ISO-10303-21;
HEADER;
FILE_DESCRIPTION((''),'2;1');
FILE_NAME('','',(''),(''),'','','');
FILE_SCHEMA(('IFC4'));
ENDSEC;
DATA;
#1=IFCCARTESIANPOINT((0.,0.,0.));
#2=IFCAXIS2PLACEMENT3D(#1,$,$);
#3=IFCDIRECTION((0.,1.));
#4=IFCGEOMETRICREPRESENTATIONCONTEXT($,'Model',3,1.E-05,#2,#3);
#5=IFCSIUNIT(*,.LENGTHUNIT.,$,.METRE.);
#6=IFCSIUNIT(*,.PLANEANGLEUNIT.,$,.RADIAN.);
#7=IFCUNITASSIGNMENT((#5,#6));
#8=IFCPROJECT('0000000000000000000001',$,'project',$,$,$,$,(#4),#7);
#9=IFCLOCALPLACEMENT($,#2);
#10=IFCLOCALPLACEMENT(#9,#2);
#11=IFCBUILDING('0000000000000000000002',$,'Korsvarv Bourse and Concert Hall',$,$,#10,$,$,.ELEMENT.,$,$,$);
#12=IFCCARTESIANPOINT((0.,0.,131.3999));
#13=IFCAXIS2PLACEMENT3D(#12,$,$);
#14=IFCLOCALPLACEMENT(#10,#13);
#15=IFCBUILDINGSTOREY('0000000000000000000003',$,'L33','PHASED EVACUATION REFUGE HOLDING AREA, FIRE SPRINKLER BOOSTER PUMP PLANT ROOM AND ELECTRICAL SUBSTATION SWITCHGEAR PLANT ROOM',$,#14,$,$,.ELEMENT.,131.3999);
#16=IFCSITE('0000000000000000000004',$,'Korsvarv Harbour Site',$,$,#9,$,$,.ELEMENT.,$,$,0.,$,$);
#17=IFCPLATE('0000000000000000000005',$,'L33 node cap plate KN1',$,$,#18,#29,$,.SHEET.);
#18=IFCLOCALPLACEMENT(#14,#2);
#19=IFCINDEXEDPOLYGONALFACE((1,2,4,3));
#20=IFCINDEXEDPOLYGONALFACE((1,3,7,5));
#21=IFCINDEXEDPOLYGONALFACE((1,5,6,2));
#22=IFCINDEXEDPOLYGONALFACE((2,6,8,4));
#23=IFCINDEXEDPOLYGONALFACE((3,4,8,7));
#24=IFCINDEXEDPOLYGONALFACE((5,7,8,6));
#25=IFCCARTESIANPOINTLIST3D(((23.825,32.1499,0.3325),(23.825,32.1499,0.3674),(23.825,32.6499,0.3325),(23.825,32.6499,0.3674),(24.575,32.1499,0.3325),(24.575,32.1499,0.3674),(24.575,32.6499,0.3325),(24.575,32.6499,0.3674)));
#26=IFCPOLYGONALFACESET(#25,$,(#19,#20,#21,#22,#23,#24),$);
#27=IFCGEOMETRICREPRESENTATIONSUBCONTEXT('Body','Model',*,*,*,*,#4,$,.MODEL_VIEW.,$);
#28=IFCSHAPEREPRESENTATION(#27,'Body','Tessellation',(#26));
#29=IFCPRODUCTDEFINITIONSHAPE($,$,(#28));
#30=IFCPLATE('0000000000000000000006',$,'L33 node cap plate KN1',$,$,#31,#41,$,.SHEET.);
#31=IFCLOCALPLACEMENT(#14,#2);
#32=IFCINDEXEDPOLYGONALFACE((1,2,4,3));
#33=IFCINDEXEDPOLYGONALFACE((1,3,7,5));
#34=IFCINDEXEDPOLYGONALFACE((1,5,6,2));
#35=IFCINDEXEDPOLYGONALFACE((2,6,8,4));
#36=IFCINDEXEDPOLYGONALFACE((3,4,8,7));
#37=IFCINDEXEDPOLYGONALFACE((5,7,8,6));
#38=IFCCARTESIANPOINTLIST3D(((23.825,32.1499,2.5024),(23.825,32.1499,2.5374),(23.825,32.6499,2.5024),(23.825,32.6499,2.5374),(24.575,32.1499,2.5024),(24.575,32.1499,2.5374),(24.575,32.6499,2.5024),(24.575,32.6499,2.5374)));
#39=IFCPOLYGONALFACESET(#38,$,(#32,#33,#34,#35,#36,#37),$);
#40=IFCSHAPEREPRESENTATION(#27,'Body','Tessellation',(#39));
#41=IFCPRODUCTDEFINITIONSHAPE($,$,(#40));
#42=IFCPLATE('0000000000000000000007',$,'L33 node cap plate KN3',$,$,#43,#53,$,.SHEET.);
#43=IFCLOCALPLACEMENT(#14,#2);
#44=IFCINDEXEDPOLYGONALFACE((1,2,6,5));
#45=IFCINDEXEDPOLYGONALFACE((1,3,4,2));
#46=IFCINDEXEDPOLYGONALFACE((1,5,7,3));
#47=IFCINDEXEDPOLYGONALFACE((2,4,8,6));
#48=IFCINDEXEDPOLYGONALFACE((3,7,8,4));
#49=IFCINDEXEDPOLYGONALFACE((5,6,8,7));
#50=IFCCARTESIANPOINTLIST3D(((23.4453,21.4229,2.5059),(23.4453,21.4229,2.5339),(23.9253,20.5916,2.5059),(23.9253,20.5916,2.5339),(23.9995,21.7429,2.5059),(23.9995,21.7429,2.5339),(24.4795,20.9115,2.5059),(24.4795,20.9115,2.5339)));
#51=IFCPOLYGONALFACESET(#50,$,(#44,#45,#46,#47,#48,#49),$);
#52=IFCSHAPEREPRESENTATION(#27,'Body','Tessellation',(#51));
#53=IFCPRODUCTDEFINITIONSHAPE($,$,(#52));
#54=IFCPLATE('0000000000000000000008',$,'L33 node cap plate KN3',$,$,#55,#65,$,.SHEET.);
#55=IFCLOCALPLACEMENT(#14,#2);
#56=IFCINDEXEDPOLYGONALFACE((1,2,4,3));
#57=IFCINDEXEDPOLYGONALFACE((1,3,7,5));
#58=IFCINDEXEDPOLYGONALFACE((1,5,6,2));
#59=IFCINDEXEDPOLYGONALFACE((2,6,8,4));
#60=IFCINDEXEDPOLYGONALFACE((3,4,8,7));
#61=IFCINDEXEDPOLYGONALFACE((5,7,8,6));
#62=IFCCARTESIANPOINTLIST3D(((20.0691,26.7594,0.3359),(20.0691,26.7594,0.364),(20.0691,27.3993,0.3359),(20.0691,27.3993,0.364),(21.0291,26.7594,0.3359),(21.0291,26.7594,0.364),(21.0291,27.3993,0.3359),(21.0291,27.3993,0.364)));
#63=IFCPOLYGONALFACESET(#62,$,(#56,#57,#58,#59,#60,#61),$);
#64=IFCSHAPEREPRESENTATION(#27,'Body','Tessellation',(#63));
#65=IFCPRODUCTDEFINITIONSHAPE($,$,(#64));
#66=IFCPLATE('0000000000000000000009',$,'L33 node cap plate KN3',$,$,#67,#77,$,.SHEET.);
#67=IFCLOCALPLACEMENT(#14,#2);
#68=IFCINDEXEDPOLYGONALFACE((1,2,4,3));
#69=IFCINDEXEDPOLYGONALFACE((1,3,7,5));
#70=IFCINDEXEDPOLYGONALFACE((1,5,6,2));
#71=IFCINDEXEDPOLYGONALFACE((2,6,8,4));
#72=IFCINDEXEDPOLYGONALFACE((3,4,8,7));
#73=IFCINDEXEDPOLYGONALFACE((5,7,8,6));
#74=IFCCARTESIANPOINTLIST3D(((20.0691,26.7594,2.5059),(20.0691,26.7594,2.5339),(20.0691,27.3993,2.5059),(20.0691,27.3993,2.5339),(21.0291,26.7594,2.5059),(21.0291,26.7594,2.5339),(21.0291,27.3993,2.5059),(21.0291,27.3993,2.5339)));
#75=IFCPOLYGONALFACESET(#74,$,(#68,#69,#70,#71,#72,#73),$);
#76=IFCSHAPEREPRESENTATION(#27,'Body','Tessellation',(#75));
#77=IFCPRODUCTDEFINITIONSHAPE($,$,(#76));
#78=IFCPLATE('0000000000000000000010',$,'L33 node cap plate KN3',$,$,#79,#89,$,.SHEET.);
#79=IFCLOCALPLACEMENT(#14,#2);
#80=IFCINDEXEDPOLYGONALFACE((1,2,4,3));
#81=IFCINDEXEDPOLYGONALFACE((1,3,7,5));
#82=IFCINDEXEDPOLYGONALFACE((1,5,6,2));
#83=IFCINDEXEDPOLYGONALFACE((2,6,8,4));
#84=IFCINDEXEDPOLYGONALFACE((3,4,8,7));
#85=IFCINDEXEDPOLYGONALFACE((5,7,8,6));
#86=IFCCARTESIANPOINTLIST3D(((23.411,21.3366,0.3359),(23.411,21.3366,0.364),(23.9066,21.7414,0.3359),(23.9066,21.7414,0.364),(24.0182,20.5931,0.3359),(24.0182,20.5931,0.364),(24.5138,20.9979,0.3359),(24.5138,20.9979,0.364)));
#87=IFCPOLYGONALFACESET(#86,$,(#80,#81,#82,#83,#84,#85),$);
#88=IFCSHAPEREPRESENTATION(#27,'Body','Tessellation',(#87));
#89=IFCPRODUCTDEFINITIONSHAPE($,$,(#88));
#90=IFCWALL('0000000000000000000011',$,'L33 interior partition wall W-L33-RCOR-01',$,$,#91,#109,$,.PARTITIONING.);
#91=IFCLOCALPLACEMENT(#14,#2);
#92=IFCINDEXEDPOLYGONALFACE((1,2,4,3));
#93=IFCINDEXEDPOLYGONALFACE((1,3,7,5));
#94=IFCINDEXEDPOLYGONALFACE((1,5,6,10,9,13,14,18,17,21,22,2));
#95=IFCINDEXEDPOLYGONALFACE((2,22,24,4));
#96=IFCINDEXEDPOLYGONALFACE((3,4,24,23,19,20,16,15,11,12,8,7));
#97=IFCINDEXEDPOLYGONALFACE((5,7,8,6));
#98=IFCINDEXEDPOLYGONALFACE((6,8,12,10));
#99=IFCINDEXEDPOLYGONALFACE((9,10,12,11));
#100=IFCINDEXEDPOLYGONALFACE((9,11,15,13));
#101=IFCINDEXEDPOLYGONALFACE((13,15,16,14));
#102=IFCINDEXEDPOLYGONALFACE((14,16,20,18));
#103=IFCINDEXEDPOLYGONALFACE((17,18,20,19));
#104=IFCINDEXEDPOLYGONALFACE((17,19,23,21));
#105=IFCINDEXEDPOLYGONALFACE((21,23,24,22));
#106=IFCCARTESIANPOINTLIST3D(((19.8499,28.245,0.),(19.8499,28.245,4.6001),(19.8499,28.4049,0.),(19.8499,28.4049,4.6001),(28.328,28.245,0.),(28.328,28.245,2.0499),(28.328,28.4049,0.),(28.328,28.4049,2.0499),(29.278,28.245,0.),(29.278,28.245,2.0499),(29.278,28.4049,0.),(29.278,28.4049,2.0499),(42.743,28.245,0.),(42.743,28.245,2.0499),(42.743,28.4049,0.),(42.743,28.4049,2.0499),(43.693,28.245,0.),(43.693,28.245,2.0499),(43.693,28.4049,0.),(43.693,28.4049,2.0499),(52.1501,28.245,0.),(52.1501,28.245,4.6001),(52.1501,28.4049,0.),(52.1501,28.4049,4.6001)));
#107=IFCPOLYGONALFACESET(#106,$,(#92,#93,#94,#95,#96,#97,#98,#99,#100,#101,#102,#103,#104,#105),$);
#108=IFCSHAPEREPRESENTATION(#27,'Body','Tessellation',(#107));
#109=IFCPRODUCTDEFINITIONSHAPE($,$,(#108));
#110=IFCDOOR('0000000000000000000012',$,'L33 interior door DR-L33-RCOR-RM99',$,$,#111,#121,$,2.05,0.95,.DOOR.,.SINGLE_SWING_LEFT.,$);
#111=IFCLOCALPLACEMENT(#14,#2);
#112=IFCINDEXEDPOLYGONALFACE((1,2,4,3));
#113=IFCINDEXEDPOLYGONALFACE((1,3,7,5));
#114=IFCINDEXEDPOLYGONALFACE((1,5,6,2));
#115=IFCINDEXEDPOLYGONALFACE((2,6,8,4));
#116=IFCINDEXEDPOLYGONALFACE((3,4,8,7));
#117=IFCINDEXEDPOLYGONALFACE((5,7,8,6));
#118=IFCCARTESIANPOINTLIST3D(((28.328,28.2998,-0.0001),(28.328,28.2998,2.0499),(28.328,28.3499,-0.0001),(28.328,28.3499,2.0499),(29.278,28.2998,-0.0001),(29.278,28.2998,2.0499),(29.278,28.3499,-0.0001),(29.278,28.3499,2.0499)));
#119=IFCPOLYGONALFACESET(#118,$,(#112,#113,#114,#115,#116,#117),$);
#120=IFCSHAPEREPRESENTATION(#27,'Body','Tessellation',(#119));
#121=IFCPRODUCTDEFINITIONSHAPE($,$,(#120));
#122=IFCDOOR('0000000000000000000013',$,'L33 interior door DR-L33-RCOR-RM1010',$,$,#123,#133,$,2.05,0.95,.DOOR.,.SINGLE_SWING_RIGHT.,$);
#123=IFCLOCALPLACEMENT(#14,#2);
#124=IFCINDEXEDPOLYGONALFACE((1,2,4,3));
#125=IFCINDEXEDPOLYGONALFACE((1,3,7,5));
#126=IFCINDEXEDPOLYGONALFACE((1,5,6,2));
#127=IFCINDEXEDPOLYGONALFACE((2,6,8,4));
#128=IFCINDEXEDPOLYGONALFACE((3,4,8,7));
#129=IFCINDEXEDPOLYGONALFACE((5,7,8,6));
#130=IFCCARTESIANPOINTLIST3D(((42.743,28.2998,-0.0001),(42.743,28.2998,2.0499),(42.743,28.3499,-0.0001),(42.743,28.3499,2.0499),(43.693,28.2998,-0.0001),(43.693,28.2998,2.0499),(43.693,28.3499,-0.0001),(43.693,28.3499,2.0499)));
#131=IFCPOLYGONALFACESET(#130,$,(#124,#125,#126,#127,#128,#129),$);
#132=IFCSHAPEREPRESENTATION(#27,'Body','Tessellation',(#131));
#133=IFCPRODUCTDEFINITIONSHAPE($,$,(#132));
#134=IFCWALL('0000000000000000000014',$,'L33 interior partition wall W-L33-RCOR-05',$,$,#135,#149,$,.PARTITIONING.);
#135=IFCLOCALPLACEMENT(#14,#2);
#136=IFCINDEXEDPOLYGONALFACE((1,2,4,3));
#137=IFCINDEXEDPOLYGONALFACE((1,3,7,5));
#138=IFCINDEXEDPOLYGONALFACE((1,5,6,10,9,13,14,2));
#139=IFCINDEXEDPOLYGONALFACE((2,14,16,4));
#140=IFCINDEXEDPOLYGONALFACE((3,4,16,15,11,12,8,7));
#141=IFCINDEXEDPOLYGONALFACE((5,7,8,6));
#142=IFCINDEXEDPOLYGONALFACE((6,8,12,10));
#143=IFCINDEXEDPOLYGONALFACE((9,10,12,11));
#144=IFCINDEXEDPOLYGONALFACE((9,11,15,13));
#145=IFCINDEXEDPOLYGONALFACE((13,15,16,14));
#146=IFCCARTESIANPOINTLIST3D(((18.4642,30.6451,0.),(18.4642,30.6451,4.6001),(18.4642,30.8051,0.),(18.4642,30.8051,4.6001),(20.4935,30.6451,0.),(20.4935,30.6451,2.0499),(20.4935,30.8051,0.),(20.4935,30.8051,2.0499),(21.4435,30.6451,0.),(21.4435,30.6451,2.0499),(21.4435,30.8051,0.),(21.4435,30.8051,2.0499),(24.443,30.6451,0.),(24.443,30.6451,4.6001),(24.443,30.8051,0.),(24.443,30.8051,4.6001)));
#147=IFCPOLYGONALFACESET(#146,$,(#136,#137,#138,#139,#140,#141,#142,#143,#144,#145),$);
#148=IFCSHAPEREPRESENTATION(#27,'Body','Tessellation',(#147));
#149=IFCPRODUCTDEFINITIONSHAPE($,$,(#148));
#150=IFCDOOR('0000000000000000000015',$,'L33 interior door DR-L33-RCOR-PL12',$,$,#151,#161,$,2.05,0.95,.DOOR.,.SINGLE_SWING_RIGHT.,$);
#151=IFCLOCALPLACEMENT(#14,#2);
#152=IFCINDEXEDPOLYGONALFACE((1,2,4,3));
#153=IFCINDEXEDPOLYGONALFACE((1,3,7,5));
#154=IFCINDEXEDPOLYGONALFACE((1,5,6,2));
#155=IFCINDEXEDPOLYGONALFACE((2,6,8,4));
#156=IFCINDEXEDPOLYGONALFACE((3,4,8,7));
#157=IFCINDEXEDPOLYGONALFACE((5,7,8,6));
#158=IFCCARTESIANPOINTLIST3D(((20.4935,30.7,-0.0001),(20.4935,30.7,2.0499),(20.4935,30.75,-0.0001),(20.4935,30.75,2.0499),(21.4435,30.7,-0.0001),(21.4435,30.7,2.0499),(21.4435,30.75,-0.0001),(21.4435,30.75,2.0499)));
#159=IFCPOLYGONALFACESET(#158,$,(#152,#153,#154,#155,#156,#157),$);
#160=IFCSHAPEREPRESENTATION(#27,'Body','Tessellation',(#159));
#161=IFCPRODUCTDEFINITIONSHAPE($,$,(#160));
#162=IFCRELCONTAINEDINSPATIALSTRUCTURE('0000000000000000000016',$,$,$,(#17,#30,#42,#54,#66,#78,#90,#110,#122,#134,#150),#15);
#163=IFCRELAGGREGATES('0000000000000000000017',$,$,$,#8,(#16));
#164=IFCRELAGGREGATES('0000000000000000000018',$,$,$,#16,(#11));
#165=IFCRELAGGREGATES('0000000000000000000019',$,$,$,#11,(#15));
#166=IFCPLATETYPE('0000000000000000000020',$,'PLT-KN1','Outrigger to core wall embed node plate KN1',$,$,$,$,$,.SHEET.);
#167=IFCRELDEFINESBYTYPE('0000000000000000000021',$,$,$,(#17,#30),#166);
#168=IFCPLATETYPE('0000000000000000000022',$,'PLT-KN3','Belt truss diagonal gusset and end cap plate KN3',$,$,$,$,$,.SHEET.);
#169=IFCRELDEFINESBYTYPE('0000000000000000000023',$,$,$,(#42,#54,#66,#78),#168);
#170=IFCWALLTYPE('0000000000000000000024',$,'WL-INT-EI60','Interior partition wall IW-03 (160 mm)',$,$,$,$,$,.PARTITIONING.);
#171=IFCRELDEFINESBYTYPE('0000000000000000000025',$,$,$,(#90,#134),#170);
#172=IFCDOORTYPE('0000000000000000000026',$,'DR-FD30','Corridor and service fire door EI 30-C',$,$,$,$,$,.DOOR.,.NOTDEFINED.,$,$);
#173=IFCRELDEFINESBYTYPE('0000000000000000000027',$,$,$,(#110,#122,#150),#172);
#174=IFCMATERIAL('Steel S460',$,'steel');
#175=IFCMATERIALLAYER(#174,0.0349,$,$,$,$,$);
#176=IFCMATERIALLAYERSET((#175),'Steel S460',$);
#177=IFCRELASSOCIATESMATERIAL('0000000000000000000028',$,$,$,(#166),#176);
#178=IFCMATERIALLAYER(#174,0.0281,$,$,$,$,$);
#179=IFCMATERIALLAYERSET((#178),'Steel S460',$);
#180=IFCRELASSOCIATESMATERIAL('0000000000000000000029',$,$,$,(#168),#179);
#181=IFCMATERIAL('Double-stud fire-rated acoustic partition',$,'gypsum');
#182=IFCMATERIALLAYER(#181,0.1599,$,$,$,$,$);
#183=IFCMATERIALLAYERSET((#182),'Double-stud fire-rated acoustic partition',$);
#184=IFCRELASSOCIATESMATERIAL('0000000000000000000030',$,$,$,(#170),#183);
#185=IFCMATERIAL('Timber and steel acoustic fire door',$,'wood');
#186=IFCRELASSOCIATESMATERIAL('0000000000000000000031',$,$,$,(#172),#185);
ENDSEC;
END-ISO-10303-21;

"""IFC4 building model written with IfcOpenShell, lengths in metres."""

from ifc_helpers import new_model, si_unit, direction, frame, frame_2d, origin, origin_2d, place, context, subcontext, project, spatial, rectangle, extrude, source, transform, mapped, material, layer, layer_set, type_object, element, fill, save


model = new_model("IFC4")

# Units and contexts
model_context = context("Model", 3, precision=1e-05, world=origin(), true_north=direction((0.0, 1.0)))
body_context = subcontext(model_context, "Body", "Model", "MODEL_VIEW")
ifc_project = project(units=[si_unit("LENGTHUNIT", "METRE"), si_unit("PLANEANGLEUNIT", "RADIAN")], contexts=[model_context])

# Site, building, storey
site_placement = place(None, origin())
site = spatial("IfcSite", under=ifc_project, at=site_placement, Name="Korsvarv Harbour Site", CompositionType="ELEMENT", RefElevation=0.0)
building_placement = place(site_placement, origin())
building = spatial("IfcBuilding", under=site, at=building_placement, Name="Korsvarv Bourse and Concert Hall", CompositionType="ELEMENT")
storey_placement = place(building_placement, frame((0.0, 0.0, 131.3999)))
storey = spatial("IfcBuildingStorey", under=building, at=storey_placement, Name="L33", Description="PHASED EVACUATION REFUGE HOLDING AREA, FIRE SPRINKLER BOOSTER PUMP PLANT ROOM AND ELECTRICAL SUBSTATION SWITCHGEAR PLANT ROOM", CompositionType="ELEMENT", Elevation=131.3999)

# Shared definitions
ifc_material_1 = material(Name="Steel S460", Category="steel")

# Plates
ifc_layer_1 = layer(ifc_material_1, 0.0349)
ifc_layer_set_1 = layer_set([ifc_layer_1], Name="Steel S460")
plate_type_1 = type_object("IfcPlateType", Name="PLT-KN1", Description="Outrigger to core wall embed node plate KN1", PredefinedType="SHEET", material=ifc_layer_set_1)
shared_shape_1 = source(origin(), body_context, "Body", "SweptSolid", [
    extrude(rectangle(XDim=0.75, YDim=0.5, at=origin_2d()), origin(), (0.0, 0.0, 1.0), 0.0349),
])
for number, where, z_axis, x_axis, name in (
    (1, (24.2, 32.3999, 0.3325), (0.0, 0.0, 1.0), (1.0, 0.0, 0.0), "L33 node cap plate KN1"),
    (2, (24.2, 32.3999, 2.5024), (0.0, 0.0, 1.0), (1.0, 0.0, 0.0), "L33 node cap plate KN1"),
):
    element("IfcPlate", number, at=place(storey_placement, frame(where, z_axis=z_axis, x_axis=x_axis)), inside=storey, type_object=plate_type_1, Name=name, PredefinedType="SHEET", context=body_context, shape_type="MappedRepresentation", body=[
        mapped(shared_shape_1, transform((0.0, 0.0, 0.0), scale=1.0)),
    ])
ifc_layer_2 = layer(ifc_material_1, 0.0281)
ifc_layer_set_2 = layer_set([ifc_layer_2], Name="Steel S460")
plate_type_2 = type_object("IfcPlateType", Name="PLT-KN3", Description="Belt truss diagonal gusset and end cap plate KN3", PredefinedType="SHEET", material=ifc_layer_set_2)
shared_shape_2 = source(origin(), body_context, "Body", "SweptSolid", [
    extrude(rectangle(XDim=0.96, YDim=0.6399, at=origin_2d()), origin(), (0.0, 0.0, 1.0), 0.0281),
])
for number, where, z_axis, x_axis, name in (
    (3, (23.9624, 21.1672, 2.5059), (0.0, 0.0, 1.0), (-0.5, 0.866025, 0.0), "L33 node cap plate KN3"),
    (4, (20.5491, 27.0793, 0.3359), (0.0, 0.0, 1.0), (1.0, 0.0, 0.0), "L33 node cap plate KN3"),
    (5, (20.5491, 27.0793, 2.5059), (0.0, 0.0, 1.0), (1.0, 0.0, 0.0), "L33 node cap plate KN3"),
    (6, (23.9624, 21.1672, 0.3359), (0.0, 0.0, 1.0), (-0.63257, 0.774503, 0.0), "L33 node cap plate KN3"),
):
    element("IfcPlate", number, at=place(storey_placement, frame(where, z_axis=z_axis, x_axis=x_axis)), inside=storey, type_object=plate_type_2, Name=name, PredefinedType="SHEET", context=body_context, shape_type="MappedRepresentation", body=[
        mapped(shared_shape_2, transform((0.0, 0.0, 0.0), scale=1.0)),
    ])

# Wall, openings, doors
ifc_material_2 = material(Name="Double-stud fire-rated acoustic partition", Category="gypsum")
ifc_layer_3 = layer(ifc_material_2, 0.1599)
ifc_layer_set_3 = layer_set([ifc_layer_3], Name="Double-stud fire-rated acoustic partition")
wall_type_1 = type_object("IfcWallType", Name="WL-INT-EI60", Description="Interior partition wall IW-03 (160 mm)", PredefinedType="PARTITIONING", material=ifc_layer_set_3)
wall_1_placement = place(storey_placement, frame((19.8499, 28.325, 0.0), z_axis=(0.0, 0.0, 1.0), x_axis=(1.0, 0.0, 0.0)))
wall_1 = element("IfcWall", 7, at=wall_1_placement, inside=storey, type_object=wall_type_1, Name="L33 interior partition wall W-L33-RCOR-01", PredefinedType="PARTITIONING", context=body_context, shape_type="SweptSolid", body=[
    extrude(rectangle(XDim=32.3003, YDim=0.1599, at=frame_2d((16.1501, 0.0))), origin(), (0.0, 0.0, 1.0), 4.6001),
])
opening_1_placement = place(wall_1_placement, frame((8.478, 0.0, 0.0)))
opening_1 = element("IfcOpeningElement", 8, at=opening_1_placement, cuts=wall_1, PredefinedType="OPENING", context=body_context, shape_type="SweptSolid", body=[
    extrude(rectangle(XDim=0.95, YDim=2.05, at=frame_2d((0.4751, 1.0249))), frame((0.0, 0.0898, 0.0), z_axis=(0.0, -1.0, 0.0), x_axis=(1.0, 0.0, 0.0)), (0.0, 0.0, 1.0), 0.1799),
])
opening_2_placement = place(wall_1_placement, frame((22.8931, 0.0, 0.0)))
opening_2 = element("IfcOpeningElement", 9, at=opening_2_placement, cuts=wall_1, PredefinedType="OPENING", context=body_context, shape_type="SweptSolid", body=[
    extrude(rectangle(XDim=0.95, YDim=2.05, at=frame_2d((0.4751, 1.0249))), frame((0.0, 0.0898, 0.0), z_axis=(0.0, -1.0, 0.0), x_axis=(1.0, 0.0, 0.0)), (0.0, 0.0, 1.0), 0.1799),
])
ifc_material_3 = material(Name="Timber and steel acoustic fire door", Category="wood")
door_type_1 = type_object("IfcDoorType", Name="DR-FD30", Description="Corridor and service fire door EI 30-C", OperationType="NOTDEFINED", PredefinedType="DOOR", material=ifc_material_3)
door_1_placement = place(opening_1_placement, origin())
door_1 = element("IfcDoor", 10, at=door_1_placement, inside=storey, type_object=door_type_1, Name="L33 interior door DR-L33-RCOR-RM99", OperationType="SINGLE_SWING_LEFT", OverallHeight=2.05, OverallWidth=0.95, PredefinedType="DOOR", context=body_context, shape_type="SweptSolid", body=[
    extrude(rectangle(XDim=0.95, YDim=2.05, at=frame_2d((0.4751, 1.0249))), frame((0.0, 0.0249, 0.0), z_axis=(0.0, -1.0, 0.0), x_axis=(1.0, 0.0, 0.0)), (0.0, 0.0, 1.0), 0.05),
])
fill(opening_1, door_1)
door_2_placement = place(opening_2_placement, origin())
door_2 = element("IfcDoor", 11, at=door_2_placement, inside=storey, type_object=door_type_1, Name="L33 interior door DR-L33-RCOR-RM1010", OperationType="SINGLE_SWING_RIGHT", OverallHeight=2.05, OverallWidth=0.95, PredefinedType="DOOR", context=body_context, shape_type="SweptSolid", body=[
    extrude(rectangle(XDim=0.95, YDim=2.05, at=frame_2d((0.4751, 1.0249))), frame((0.0, 0.0249, 0.0), z_axis=(0.0, -1.0, 0.0), x_axis=(1.0, 0.0, 0.0)), (0.0, 0.0, 1.0), 0.05),
])
fill(opening_2, door_2)

# Wall, opening, door
wall_2_placement = place(storey_placement, frame((18.4644, 30.7251, 0.0), z_axis=(0.0, 0.0, 1.0), x_axis=(1.0, 0.0, 0.0)))
wall_2 = element("IfcWall", 12, at=wall_2_placement, inside=storey, type_object=wall_type_1, Name="L33 interior partition wall W-L33-RCOR-05", PredefinedType="PARTITIONING", context=body_context, shape_type="SweptSolid", body=[
    extrude(rectangle(XDim=5.9788, YDim=0.1599, at=frame_2d((2.9893, 0.0))), origin(), (0.0, 0.0, 1.0), 4.6001),
])
opening_3_placement = place(wall_2_placement, frame((2.0291, 0.0, 0.0)))
opening_3 = element("IfcOpeningElement", 13, at=opening_3_placement, cuts=wall_2, PredefinedType="OPENING", context=body_context, shape_type="SweptSolid", body=[
    extrude(rectangle(XDim=0.95, YDim=2.05, at=frame_2d((0.4751, 1.0249))), frame((0.0, 0.0898, 0.0), z_axis=(0.0, -1.0, 0.0), x_axis=(1.0, 0.0, 0.0)), (0.0, 0.0, 1.0), 0.1799),
])
door_3_placement = place(opening_3_placement, origin())
door_3 = element("IfcDoor", 14, at=door_3_placement, inside=storey, type_object=door_type_1, Name="L33 interior door DR-L33-RCOR-PL12", OperationType="SINGLE_SWING_RIGHT", OverallHeight=2.05, OverallWidth=0.95, PredefinedType="DOOR", context=body_context, shape_type="SweptSolid", body=[
    extrude(rectangle(XDim=0.95, YDim=2.05, at=frame_2d((0.4751, 1.0249))), frame((0.0, 0.0249, 0.0), z_axis=(0.0, -1.0, 0.0), x_axis=(1.0, 0.0, 0.0)), (0.0, 0.0, 1.0), 0.05),
])
fill(opening_3, door_3)

save(model, "model.ifc")
